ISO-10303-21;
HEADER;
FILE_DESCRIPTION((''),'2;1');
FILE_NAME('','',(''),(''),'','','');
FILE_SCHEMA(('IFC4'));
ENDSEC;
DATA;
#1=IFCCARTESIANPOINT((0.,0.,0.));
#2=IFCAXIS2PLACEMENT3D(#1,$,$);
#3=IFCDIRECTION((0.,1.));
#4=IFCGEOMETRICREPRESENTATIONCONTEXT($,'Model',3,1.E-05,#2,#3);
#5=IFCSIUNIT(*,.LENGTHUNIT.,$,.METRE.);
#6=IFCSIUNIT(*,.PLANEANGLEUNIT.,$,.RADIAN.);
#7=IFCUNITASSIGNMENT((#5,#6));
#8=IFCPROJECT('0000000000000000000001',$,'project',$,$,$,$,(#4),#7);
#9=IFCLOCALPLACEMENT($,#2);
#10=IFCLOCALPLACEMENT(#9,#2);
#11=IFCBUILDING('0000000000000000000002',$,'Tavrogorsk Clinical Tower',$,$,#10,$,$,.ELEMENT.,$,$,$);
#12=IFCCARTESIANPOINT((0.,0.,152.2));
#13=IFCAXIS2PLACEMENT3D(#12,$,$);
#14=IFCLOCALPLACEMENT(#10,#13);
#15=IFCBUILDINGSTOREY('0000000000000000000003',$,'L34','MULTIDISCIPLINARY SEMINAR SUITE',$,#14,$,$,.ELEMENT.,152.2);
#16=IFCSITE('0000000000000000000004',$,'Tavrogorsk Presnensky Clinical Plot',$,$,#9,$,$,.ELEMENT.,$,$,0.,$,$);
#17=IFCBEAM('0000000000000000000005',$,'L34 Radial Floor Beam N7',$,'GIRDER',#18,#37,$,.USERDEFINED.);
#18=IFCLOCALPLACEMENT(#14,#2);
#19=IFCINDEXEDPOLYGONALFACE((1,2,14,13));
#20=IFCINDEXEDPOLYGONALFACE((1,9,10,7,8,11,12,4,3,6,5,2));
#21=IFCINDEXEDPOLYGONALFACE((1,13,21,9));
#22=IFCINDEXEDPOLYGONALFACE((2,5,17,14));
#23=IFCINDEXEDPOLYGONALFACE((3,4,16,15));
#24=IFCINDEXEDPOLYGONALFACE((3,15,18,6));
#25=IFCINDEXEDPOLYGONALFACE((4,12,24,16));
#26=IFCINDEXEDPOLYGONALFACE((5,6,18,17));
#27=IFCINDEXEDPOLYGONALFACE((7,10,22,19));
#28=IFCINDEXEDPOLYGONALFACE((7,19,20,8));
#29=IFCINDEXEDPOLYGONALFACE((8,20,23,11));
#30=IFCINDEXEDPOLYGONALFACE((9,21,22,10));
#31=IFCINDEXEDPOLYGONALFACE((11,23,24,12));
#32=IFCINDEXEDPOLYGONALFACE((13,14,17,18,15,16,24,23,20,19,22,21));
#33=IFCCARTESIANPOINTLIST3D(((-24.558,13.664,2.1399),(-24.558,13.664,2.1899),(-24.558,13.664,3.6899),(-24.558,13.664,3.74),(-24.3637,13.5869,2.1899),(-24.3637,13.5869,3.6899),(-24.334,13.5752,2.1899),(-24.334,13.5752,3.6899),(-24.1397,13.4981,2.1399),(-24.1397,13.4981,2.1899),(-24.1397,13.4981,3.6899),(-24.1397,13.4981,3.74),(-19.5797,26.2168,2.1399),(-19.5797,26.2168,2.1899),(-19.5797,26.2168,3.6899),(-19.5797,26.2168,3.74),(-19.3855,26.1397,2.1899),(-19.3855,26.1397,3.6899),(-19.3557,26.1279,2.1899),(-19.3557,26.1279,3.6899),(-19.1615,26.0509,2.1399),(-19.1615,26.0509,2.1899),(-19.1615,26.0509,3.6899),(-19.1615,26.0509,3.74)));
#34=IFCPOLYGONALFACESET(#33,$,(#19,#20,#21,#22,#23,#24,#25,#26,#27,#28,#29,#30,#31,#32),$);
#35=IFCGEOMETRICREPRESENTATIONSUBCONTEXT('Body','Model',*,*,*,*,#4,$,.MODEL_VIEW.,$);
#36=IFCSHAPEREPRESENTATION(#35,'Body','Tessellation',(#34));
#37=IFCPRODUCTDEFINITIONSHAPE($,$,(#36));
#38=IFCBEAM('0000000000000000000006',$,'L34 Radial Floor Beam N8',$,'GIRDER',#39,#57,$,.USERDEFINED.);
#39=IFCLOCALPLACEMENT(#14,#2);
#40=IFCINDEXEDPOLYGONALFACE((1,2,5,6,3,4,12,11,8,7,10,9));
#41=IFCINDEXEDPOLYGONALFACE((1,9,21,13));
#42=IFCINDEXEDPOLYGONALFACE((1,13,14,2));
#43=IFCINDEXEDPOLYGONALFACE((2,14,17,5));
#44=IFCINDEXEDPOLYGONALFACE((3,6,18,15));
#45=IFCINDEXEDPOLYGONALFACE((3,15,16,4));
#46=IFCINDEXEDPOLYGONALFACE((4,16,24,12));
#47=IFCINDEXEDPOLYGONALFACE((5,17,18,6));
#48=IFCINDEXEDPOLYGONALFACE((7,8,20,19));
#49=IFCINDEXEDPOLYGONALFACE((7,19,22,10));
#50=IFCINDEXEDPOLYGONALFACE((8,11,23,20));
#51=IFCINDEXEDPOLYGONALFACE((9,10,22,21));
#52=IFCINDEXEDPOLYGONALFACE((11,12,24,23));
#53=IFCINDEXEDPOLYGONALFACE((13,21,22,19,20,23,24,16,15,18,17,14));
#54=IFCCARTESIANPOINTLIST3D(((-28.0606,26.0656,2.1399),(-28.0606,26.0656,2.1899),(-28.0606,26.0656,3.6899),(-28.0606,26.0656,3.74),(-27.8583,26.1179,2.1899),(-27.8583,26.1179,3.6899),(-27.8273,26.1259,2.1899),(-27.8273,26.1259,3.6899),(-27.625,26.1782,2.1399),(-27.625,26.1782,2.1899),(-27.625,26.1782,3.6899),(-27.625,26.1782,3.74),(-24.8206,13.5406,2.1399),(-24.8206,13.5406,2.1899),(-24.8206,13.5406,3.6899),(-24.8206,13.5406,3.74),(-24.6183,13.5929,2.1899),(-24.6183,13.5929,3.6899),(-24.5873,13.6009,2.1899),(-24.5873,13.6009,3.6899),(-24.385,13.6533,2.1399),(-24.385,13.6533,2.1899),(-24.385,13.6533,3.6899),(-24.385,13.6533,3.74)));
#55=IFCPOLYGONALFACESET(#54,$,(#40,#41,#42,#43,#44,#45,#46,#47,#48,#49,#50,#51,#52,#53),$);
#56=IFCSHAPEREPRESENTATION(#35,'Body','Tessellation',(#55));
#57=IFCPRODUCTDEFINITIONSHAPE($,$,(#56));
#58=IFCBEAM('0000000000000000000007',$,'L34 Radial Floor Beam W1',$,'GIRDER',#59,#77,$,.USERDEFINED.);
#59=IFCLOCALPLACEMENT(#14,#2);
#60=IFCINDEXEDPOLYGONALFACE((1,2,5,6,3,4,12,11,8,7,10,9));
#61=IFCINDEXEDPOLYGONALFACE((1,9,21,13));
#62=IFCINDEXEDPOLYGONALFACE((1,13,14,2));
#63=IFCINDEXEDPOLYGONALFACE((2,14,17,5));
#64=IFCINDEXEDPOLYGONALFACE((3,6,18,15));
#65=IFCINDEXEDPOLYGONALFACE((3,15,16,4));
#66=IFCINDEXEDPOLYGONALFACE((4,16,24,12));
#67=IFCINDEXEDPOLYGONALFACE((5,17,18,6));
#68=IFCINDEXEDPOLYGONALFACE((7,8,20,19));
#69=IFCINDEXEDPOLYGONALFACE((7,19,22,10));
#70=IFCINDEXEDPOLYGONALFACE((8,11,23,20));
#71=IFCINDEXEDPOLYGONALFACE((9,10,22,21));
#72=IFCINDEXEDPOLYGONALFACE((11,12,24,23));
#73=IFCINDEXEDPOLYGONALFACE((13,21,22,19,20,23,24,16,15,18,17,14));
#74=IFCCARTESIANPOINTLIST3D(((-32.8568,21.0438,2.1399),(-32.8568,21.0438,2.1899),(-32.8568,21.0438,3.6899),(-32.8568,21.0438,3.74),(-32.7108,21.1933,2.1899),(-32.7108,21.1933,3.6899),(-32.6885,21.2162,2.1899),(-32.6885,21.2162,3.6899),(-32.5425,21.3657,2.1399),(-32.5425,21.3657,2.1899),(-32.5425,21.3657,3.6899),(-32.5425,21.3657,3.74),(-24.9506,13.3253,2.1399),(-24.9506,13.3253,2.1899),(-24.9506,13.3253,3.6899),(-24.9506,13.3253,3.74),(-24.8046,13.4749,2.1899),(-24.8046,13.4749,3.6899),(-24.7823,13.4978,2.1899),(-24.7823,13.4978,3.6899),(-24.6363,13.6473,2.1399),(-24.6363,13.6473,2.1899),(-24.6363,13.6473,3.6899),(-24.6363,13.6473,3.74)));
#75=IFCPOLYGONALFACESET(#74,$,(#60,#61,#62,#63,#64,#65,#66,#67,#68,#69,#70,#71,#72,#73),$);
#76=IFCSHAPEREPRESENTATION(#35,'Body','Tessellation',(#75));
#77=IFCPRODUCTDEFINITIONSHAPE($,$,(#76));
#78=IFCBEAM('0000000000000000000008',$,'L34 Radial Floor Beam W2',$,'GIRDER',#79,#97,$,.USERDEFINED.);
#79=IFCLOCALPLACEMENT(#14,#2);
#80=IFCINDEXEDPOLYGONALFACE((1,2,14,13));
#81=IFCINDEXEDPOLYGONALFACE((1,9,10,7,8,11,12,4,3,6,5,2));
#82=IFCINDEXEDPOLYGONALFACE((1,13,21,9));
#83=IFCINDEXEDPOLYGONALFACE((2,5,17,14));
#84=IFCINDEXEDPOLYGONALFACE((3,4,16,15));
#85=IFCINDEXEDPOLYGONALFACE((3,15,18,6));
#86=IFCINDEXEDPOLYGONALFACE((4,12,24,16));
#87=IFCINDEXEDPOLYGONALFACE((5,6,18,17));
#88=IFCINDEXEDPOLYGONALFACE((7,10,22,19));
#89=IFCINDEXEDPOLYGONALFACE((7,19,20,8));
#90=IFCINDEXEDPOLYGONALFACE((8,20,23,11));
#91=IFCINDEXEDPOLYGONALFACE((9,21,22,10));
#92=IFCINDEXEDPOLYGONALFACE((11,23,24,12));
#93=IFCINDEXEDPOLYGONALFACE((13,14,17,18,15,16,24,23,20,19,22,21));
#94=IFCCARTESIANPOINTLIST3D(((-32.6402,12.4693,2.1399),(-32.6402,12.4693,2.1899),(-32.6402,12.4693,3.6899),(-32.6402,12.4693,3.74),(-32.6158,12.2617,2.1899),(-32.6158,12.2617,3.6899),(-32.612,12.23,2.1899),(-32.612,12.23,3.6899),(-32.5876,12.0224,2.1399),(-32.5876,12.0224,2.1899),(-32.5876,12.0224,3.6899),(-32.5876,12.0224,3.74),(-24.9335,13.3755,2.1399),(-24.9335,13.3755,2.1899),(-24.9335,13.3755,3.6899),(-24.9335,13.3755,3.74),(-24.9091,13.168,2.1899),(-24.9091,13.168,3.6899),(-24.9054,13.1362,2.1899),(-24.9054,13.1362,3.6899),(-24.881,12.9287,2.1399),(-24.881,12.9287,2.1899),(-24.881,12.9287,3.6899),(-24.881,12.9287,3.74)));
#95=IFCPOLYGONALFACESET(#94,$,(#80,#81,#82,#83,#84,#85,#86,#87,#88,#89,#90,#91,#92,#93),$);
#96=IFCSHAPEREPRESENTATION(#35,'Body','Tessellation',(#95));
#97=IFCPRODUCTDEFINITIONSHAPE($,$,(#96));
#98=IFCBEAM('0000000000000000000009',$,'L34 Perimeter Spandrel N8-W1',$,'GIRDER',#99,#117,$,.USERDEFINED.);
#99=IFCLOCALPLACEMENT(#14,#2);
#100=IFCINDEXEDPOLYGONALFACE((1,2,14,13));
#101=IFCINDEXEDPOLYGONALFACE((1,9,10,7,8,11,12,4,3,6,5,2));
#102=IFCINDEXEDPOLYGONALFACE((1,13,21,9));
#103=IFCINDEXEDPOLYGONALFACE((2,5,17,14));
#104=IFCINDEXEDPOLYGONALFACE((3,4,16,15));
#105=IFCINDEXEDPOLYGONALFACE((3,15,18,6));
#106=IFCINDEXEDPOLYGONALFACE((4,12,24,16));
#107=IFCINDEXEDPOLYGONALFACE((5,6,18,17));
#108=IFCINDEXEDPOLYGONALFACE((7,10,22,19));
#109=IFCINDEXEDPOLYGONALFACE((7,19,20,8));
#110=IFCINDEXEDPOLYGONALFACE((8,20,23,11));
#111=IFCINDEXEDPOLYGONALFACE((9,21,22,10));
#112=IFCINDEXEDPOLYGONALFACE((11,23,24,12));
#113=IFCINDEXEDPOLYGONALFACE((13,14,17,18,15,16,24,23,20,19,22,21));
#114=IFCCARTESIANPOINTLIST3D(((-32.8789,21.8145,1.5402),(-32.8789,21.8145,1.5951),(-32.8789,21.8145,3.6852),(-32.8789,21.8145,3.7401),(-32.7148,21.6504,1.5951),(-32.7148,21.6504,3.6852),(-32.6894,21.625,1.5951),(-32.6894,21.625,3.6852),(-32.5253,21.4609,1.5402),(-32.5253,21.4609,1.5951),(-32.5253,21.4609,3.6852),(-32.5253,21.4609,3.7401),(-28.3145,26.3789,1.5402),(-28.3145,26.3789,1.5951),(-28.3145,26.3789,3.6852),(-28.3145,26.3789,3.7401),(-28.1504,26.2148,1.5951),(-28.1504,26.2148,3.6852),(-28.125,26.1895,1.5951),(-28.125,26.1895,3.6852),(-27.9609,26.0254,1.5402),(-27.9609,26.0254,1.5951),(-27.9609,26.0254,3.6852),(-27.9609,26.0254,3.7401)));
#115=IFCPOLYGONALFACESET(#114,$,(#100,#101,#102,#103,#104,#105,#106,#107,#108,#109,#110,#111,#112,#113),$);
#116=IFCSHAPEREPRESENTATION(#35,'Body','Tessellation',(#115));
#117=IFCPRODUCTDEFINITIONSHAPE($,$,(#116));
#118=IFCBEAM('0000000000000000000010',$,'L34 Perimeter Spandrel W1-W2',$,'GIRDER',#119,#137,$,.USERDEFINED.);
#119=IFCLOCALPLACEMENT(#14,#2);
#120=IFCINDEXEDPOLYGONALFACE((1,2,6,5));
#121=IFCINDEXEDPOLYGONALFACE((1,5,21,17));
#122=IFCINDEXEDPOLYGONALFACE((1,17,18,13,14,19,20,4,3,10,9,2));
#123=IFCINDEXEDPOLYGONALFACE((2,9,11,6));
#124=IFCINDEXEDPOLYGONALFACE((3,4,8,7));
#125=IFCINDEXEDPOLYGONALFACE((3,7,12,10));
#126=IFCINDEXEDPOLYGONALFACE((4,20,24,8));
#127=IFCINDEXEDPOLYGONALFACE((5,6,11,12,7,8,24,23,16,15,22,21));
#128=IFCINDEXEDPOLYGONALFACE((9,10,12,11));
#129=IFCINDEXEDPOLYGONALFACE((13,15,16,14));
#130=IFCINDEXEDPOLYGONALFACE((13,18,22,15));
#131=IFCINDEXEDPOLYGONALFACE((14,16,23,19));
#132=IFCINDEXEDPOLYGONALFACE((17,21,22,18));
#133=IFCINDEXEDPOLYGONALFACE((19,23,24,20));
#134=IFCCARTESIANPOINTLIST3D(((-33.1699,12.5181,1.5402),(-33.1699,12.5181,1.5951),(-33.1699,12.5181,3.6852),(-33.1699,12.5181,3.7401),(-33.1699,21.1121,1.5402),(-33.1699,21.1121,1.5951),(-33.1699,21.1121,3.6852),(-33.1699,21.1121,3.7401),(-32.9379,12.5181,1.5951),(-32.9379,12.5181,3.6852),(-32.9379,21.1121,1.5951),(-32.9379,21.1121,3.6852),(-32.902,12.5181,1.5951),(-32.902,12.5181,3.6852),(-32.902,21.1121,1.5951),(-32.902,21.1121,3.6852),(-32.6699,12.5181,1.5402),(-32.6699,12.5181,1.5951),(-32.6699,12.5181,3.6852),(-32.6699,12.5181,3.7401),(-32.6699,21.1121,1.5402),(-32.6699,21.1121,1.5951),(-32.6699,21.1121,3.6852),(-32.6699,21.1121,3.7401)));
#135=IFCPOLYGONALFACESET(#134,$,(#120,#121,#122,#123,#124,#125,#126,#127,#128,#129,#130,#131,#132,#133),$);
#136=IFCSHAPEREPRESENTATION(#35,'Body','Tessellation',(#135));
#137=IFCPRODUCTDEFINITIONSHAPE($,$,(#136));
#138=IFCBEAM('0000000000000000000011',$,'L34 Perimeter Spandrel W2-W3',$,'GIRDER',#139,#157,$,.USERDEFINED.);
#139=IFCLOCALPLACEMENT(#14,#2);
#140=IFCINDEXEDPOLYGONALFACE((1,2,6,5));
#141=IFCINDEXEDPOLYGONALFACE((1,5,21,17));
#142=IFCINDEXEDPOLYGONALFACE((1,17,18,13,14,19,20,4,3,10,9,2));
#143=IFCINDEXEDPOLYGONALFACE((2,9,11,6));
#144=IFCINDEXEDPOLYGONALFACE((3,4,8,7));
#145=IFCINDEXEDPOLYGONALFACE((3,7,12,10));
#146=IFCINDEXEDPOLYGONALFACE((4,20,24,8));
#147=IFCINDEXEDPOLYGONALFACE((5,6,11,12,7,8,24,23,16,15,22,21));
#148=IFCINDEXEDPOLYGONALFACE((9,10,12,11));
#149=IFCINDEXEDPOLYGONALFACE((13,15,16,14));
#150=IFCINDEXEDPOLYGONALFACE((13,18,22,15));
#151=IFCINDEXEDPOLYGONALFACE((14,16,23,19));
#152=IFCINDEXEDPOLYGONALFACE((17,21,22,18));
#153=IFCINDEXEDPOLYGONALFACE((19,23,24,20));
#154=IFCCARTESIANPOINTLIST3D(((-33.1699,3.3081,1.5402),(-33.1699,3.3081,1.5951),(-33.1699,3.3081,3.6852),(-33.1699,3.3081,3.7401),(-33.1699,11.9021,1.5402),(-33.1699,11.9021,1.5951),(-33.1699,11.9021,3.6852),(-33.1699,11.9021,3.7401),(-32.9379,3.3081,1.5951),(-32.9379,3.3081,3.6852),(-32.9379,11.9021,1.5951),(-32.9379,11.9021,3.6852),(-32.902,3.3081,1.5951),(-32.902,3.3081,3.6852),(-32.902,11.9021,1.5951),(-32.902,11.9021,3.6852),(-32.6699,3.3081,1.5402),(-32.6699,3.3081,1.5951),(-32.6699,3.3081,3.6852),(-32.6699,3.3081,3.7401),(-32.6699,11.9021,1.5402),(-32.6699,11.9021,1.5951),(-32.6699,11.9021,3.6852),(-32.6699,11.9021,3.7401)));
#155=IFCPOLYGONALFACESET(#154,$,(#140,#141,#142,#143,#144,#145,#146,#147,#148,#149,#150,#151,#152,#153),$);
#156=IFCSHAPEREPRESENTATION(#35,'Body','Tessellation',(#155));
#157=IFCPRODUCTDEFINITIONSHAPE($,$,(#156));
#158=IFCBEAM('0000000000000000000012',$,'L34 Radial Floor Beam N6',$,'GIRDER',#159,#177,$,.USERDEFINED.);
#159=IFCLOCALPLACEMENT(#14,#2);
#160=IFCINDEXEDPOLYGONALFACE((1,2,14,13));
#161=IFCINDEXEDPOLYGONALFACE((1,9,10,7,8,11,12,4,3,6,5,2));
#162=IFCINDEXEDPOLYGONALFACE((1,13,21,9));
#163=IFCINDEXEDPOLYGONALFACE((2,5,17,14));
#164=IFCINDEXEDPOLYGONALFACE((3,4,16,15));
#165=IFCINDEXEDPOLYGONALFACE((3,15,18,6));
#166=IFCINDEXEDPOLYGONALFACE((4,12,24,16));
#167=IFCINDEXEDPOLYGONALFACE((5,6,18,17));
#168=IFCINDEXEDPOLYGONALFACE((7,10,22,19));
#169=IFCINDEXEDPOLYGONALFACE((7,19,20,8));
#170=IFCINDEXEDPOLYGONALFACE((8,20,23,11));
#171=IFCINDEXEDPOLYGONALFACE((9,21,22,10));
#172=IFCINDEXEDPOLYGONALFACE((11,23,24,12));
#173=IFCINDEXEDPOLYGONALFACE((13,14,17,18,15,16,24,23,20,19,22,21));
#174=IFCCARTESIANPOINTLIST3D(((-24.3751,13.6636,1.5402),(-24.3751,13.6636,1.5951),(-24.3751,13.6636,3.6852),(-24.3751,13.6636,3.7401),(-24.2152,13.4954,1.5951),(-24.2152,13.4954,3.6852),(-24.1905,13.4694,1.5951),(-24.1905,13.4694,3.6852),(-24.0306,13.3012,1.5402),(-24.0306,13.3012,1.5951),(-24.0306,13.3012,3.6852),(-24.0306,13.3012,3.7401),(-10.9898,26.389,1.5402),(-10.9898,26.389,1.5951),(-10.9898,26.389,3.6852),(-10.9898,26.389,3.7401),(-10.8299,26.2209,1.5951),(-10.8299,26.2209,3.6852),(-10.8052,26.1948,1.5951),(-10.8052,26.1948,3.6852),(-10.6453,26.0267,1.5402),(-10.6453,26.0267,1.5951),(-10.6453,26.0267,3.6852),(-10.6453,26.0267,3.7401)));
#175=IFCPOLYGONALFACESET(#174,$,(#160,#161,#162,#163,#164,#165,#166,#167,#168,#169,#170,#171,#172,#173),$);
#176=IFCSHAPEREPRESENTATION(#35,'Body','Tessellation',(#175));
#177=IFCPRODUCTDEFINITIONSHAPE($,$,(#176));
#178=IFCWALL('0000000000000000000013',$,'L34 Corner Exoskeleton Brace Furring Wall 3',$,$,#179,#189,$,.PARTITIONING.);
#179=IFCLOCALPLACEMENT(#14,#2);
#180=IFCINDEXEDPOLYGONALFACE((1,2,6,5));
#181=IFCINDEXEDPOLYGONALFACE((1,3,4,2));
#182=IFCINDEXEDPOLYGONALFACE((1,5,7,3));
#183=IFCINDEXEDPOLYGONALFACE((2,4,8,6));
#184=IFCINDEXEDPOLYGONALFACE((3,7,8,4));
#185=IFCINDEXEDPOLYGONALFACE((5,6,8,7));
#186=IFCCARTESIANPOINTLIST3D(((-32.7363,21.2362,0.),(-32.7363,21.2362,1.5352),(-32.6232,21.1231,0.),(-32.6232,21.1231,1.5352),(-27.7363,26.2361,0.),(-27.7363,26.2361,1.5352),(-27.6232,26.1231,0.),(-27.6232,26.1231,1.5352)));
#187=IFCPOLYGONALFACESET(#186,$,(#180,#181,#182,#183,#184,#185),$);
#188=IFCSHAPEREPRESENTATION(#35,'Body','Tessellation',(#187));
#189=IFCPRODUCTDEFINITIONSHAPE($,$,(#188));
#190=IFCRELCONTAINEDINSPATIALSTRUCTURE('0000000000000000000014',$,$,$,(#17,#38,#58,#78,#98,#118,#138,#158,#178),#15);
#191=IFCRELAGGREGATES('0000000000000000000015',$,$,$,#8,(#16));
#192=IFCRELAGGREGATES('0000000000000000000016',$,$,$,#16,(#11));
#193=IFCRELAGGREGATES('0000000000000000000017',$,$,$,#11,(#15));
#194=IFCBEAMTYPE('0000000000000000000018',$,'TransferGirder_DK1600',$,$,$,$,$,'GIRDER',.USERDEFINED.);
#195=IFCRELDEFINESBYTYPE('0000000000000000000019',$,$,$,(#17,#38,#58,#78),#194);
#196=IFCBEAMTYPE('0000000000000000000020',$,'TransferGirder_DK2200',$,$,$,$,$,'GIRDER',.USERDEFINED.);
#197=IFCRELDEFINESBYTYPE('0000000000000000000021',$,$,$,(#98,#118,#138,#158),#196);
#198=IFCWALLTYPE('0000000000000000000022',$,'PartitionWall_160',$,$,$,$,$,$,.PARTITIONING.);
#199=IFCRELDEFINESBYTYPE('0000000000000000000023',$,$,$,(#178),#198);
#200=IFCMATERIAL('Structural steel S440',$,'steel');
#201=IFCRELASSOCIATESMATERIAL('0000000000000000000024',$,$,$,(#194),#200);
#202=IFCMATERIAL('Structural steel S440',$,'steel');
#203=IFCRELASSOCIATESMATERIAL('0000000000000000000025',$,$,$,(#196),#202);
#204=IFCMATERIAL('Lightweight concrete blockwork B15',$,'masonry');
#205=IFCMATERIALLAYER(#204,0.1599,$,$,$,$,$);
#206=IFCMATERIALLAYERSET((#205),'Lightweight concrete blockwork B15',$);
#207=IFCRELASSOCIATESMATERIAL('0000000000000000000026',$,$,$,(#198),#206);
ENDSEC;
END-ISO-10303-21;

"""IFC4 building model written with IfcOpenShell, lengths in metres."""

from ifc_helpers import new_model, si_unit, direction, frame, frame_2d, origin, origin_2d, place, context, subcontext, project, spatial, rectangle, i_section, extrude, material, layer, layer_set, material_profile, profile_set, type_object, element, save


model = new_model("IFC4")

# Units and contexts
model_context = context("Model", 3, precision=1e-05, world=origin(), true_north=direction((0.0, 1.0)))
body_context = subcontext(model_context, "Body", "Model", "MODEL_VIEW")
ifc_project = project(units=[si_unit("LENGTHUNIT", "METRE"), si_unit("PLANEANGLEUNIT", "RADIAN")], contexts=[model_context])

# Site, building, storey
site_placement = place(None, origin())
site = spatial("IfcSite", under=ifc_project, at=site_placement, Name="Tavrogorsk Presnensky Clinical Plot", CompositionType="ELEMENT", RefElevation=0.0)
building_placement = place(site_placement, origin())
building = spatial("IfcBuilding", under=site, at=building_placement, Name="Tavrogorsk Clinical Tower", CompositionType="ELEMENT")
storey_placement = place(building_placement, frame((0.0, 0.0, 152.2)))
storey = spatial("IfcBuildingStorey", under=building, at=storey_placement, Name="L34", Description="MULTIDISCIPLINARY SEMINAR SUITE", CompositionType="ELEMENT", Elevation=152.2)

# Beams
ifc_material_1 = material(Name="Structural steel S440", Category="steel")
ifc_material_profile_1 = material_profile(ifc_material_1, i_section(OverallWidth=0.45, OverallDepth=1.6001, WebThickness=0.032, FlangeThickness=0.05, at=origin_2d()), Name="DK-1600x450x32x50")
ifc_profile_set_1 = profile_set([ifc_material_profile_1], Name="Structural steel S440")
beam_type_1 = type_object("IfcBeamType", Name="TransferGirder_DK1600", ElementType="GIRDER", PredefinedType="USERDEFINED", material=ifc_profile_set_1)
beam_1_placement = place(storey_placement, frame((-24.3489, 13.5811, 2.9399), z_axis=(0.368655, 0.929566, 0.0), x_axis=(-0.929566, 0.368655, 0.0)))
element("IfcBeam", 1, at=beam_1_placement, inside=storey, type_object=beam_type_1, Name="L34 Radial Floor Beam N7", ObjectType="GIRDER", PredefinedType="USERDEFINED", context=body_context, shape_type="SweptSolid", body=[
    extrude(i_section(OverallWidth=0.45, OverallDepth=1.6001, WebThickness=0.032, FlangeThickness=0.05, at=origin_2d()), origin(), (0.0, 0.0, 1.0), 13.5039),
])
beam_2_placement = place(storey_placement, frame((-24.6028, 13.5969, 2.9399), z_axis=(-0.25044, 0.968132, 0.0), x_axis=(-0.968132, -0.25044, 0.0)))
element("IfcBeam", 2, at=beam_2_placement, inside=storey, type_object=beam_type_1, Name="L34 Radial Floor Beam N8", ObjectType="GIRDER", PredefinedType="USERDEFINED", context=body_context, shape_type="SweptSolid", body=[
    extrude(i_section(OverallWidth=0.45, OverallDepth=1.6001, WebThickness=0.032, FlangeThickness=0.05, at=origin_2d()), origin(), (0.0, 0.0, 1.0), 12.9373),
])
beam_3_placement = place(storey_placement, frame((-24.7935, 13.4863, 2.9399), z_axis=(-0.715552, 0.69856, 0.0), x_axis=(-0.69856, -0.715552, 0.0)))
element("IfcBeam", 3, at=beam_3_placement, inside=storey, type_object=beam_type_1, Name="L34 Radial Floor Beam W1", ObjectType="GIRDER", PredefinedType="USERDEFINED", context=body_context, shape_type="SweptSolid", body=[
    extrude(i_section(OverallWidth=0.45, OverallDepth=1.6001, WebThickness=0.032, FlangeThickness=0.05, at=origin_2d()), origin(), (0.0, 0.0, 1.0), 11.0491),
])
beam_4_placement = place(storey_placement, frame((-24.9072, 13.1521, 2.9399), z_axis=(-0.993157, -0.116786, 0.0), x_axis=(0.116786, -0.993157, 0.0)))
element("IfcBeam", 4, at=beam_4_placement, inside=storey, type_object=beam_type_1, Name="L34 Radial Floor Beam W2", ObjectType="GIRDER", PredefinedType="USERDEFINED", context=body_context, shape_type="SweptSolid", body=[
    extrude(i_section(OverallWidth=0.45, OverallDepth=1.6001, WebThickness=0.032, FlangeThickness=0.05, at=origin_2d()), origin(), (0.0, 0.0, 1.0), 7.7598),
])
ifc_material_2 = material(Name="Structural steel S440", Category="steel")
ifc_material_profile_2 = material_profile(ifc_material_2, i_section(OverallWidth=0.5, OverallDepth=2.2, WebThickness=0.0359, FlangeThickness=0.0549, at=origin_2d()), Name="DK-2200x500x36x55")
ifc_profile_set_2 = profile_set([ifc_material_profile_2], Name="Structural steel S440")
beam_type_2 = type_object("IfcBeamType", Name="TransferGirder_DK2200", ElementType="GIRDER", PredefinedType="USERDEFINED", material=ifc_profile_set_2)
beam_5_placement = place(storey_placement, frame((-28.1377, 26.2021, 2.6401), z_axis=(-0.707107, -0.707107, 0.0), x_axis=(0.707107, -0.707107, 0.0)))
element("IfcBeam", 5, at=beam_5_placement, inside=storey, type_object=beam_type_2, Name="L34 Perimeter Spandrel N8-W1", ObjectType="GIRDER", PredefinedType="USERDEFINED", context=body_context, shape_type="SweptSolid", body=[
    extrude(i_section(OverallWidth=0.5, OverallDepth=2.2, WebThickness=0.0359, FlangeThickness=0.0549, at=origin_2d()), origin(), (0.0, 0.0, 1.0), 6.4551),
])
for number, where, z_axis, x_axis, name in (
    (6, (-32.9199, 21.1121, 2.6401), (0.0, -1.0, 0.0), (1.0, 0.0, 0.0), "L34 Perimeter Spandrel W1-W2"),
    (7, (-32.9199, 11.9021, 2.6401), (0.0, -1.0, 0.0), (1.0, 0.0, 0.0), "L34 Perimeter Spandrel W2-W3"),
):
    element("IfcBeam", number, at=place(storey_placement, frame(where, z_axis=z_axis, x_axis=x_axis)), inside=storey, type_object=beam_type_2, Name=name, ObjectType="GIRDER", PredefinedType="USERDEFINED", context=body_context, shape_type="SweptSolid", body=[
        extrude(i_section(OverallWidth=0.5, OverallDepth=2.2, WebThickness=0.0359, FlangeThickness=0.0549, at=origin_2d()), origin(), (0.0, 0.0, 1.0), 8.594),
    ])
beam_6_placement = place(storey_placement, frame((-24.2029, 13.4824, 2.6401), z_axis=(0.724747, 0.689016, 0.0), x_axis=(-0.689016, 0.724747, 0.0)))
element("IfcBeam", 8, at=beam_6_placement, inside=storey, type_object=beam_type_2, Name="L34 Radial Floor Beam N6", ObjectType="GIRDER", PredefinedType="USERDEFINED", context=body_context, shape_type="SweptSolid", body=[
    extrude(i_section(OverallWidth=0.5, OverallDepth=2.2, WebThickness=0.0359, FlangeThickness=0.0549, at=origin_2d()), origin(), (0.0, 0.0, 1.0), 18.469),
])

# Wall
ifc_material_3 = material(Name="Lightweight concrete blockwork B15", Category="masonry")
ifc_layer_1 = layer(ifc_material_3, 0.1599)
ifc_layer_set_1 = layer_set([ifc_layer_1], Name="Lightweight concrete blockwork B15")
wall_type_1 = type_object("IfcWallType", Name="PartitionWall_160", PredefinedType="PARTITIONING", material=ifc_layer_set_1)
wall_1_placement = place(storey_placement, frame((-27.6797, 26.1797, 0.0), z_axis=(0.0, 0.0, 1.0), x_axis=(-0.707107, -0.707107, 0.0)))
element("IfcWall", 9, at=wall_1_placement, inside=storey, type_object=wall_type_1, Name="L34 Corner Exoskeleton Brace Furring Wall 3", PredefinedType="PARTITIONING", context=body_context, shape_type="SweptSolid", body=[
    extrude(rectangle(XDim=7.071, YDim=0.1599, at=frame_2d((3.5356, 0.0))), origin(), (0.0, 0.0, 1.0), 1.5352),
])

save(model, "model.ifc")
